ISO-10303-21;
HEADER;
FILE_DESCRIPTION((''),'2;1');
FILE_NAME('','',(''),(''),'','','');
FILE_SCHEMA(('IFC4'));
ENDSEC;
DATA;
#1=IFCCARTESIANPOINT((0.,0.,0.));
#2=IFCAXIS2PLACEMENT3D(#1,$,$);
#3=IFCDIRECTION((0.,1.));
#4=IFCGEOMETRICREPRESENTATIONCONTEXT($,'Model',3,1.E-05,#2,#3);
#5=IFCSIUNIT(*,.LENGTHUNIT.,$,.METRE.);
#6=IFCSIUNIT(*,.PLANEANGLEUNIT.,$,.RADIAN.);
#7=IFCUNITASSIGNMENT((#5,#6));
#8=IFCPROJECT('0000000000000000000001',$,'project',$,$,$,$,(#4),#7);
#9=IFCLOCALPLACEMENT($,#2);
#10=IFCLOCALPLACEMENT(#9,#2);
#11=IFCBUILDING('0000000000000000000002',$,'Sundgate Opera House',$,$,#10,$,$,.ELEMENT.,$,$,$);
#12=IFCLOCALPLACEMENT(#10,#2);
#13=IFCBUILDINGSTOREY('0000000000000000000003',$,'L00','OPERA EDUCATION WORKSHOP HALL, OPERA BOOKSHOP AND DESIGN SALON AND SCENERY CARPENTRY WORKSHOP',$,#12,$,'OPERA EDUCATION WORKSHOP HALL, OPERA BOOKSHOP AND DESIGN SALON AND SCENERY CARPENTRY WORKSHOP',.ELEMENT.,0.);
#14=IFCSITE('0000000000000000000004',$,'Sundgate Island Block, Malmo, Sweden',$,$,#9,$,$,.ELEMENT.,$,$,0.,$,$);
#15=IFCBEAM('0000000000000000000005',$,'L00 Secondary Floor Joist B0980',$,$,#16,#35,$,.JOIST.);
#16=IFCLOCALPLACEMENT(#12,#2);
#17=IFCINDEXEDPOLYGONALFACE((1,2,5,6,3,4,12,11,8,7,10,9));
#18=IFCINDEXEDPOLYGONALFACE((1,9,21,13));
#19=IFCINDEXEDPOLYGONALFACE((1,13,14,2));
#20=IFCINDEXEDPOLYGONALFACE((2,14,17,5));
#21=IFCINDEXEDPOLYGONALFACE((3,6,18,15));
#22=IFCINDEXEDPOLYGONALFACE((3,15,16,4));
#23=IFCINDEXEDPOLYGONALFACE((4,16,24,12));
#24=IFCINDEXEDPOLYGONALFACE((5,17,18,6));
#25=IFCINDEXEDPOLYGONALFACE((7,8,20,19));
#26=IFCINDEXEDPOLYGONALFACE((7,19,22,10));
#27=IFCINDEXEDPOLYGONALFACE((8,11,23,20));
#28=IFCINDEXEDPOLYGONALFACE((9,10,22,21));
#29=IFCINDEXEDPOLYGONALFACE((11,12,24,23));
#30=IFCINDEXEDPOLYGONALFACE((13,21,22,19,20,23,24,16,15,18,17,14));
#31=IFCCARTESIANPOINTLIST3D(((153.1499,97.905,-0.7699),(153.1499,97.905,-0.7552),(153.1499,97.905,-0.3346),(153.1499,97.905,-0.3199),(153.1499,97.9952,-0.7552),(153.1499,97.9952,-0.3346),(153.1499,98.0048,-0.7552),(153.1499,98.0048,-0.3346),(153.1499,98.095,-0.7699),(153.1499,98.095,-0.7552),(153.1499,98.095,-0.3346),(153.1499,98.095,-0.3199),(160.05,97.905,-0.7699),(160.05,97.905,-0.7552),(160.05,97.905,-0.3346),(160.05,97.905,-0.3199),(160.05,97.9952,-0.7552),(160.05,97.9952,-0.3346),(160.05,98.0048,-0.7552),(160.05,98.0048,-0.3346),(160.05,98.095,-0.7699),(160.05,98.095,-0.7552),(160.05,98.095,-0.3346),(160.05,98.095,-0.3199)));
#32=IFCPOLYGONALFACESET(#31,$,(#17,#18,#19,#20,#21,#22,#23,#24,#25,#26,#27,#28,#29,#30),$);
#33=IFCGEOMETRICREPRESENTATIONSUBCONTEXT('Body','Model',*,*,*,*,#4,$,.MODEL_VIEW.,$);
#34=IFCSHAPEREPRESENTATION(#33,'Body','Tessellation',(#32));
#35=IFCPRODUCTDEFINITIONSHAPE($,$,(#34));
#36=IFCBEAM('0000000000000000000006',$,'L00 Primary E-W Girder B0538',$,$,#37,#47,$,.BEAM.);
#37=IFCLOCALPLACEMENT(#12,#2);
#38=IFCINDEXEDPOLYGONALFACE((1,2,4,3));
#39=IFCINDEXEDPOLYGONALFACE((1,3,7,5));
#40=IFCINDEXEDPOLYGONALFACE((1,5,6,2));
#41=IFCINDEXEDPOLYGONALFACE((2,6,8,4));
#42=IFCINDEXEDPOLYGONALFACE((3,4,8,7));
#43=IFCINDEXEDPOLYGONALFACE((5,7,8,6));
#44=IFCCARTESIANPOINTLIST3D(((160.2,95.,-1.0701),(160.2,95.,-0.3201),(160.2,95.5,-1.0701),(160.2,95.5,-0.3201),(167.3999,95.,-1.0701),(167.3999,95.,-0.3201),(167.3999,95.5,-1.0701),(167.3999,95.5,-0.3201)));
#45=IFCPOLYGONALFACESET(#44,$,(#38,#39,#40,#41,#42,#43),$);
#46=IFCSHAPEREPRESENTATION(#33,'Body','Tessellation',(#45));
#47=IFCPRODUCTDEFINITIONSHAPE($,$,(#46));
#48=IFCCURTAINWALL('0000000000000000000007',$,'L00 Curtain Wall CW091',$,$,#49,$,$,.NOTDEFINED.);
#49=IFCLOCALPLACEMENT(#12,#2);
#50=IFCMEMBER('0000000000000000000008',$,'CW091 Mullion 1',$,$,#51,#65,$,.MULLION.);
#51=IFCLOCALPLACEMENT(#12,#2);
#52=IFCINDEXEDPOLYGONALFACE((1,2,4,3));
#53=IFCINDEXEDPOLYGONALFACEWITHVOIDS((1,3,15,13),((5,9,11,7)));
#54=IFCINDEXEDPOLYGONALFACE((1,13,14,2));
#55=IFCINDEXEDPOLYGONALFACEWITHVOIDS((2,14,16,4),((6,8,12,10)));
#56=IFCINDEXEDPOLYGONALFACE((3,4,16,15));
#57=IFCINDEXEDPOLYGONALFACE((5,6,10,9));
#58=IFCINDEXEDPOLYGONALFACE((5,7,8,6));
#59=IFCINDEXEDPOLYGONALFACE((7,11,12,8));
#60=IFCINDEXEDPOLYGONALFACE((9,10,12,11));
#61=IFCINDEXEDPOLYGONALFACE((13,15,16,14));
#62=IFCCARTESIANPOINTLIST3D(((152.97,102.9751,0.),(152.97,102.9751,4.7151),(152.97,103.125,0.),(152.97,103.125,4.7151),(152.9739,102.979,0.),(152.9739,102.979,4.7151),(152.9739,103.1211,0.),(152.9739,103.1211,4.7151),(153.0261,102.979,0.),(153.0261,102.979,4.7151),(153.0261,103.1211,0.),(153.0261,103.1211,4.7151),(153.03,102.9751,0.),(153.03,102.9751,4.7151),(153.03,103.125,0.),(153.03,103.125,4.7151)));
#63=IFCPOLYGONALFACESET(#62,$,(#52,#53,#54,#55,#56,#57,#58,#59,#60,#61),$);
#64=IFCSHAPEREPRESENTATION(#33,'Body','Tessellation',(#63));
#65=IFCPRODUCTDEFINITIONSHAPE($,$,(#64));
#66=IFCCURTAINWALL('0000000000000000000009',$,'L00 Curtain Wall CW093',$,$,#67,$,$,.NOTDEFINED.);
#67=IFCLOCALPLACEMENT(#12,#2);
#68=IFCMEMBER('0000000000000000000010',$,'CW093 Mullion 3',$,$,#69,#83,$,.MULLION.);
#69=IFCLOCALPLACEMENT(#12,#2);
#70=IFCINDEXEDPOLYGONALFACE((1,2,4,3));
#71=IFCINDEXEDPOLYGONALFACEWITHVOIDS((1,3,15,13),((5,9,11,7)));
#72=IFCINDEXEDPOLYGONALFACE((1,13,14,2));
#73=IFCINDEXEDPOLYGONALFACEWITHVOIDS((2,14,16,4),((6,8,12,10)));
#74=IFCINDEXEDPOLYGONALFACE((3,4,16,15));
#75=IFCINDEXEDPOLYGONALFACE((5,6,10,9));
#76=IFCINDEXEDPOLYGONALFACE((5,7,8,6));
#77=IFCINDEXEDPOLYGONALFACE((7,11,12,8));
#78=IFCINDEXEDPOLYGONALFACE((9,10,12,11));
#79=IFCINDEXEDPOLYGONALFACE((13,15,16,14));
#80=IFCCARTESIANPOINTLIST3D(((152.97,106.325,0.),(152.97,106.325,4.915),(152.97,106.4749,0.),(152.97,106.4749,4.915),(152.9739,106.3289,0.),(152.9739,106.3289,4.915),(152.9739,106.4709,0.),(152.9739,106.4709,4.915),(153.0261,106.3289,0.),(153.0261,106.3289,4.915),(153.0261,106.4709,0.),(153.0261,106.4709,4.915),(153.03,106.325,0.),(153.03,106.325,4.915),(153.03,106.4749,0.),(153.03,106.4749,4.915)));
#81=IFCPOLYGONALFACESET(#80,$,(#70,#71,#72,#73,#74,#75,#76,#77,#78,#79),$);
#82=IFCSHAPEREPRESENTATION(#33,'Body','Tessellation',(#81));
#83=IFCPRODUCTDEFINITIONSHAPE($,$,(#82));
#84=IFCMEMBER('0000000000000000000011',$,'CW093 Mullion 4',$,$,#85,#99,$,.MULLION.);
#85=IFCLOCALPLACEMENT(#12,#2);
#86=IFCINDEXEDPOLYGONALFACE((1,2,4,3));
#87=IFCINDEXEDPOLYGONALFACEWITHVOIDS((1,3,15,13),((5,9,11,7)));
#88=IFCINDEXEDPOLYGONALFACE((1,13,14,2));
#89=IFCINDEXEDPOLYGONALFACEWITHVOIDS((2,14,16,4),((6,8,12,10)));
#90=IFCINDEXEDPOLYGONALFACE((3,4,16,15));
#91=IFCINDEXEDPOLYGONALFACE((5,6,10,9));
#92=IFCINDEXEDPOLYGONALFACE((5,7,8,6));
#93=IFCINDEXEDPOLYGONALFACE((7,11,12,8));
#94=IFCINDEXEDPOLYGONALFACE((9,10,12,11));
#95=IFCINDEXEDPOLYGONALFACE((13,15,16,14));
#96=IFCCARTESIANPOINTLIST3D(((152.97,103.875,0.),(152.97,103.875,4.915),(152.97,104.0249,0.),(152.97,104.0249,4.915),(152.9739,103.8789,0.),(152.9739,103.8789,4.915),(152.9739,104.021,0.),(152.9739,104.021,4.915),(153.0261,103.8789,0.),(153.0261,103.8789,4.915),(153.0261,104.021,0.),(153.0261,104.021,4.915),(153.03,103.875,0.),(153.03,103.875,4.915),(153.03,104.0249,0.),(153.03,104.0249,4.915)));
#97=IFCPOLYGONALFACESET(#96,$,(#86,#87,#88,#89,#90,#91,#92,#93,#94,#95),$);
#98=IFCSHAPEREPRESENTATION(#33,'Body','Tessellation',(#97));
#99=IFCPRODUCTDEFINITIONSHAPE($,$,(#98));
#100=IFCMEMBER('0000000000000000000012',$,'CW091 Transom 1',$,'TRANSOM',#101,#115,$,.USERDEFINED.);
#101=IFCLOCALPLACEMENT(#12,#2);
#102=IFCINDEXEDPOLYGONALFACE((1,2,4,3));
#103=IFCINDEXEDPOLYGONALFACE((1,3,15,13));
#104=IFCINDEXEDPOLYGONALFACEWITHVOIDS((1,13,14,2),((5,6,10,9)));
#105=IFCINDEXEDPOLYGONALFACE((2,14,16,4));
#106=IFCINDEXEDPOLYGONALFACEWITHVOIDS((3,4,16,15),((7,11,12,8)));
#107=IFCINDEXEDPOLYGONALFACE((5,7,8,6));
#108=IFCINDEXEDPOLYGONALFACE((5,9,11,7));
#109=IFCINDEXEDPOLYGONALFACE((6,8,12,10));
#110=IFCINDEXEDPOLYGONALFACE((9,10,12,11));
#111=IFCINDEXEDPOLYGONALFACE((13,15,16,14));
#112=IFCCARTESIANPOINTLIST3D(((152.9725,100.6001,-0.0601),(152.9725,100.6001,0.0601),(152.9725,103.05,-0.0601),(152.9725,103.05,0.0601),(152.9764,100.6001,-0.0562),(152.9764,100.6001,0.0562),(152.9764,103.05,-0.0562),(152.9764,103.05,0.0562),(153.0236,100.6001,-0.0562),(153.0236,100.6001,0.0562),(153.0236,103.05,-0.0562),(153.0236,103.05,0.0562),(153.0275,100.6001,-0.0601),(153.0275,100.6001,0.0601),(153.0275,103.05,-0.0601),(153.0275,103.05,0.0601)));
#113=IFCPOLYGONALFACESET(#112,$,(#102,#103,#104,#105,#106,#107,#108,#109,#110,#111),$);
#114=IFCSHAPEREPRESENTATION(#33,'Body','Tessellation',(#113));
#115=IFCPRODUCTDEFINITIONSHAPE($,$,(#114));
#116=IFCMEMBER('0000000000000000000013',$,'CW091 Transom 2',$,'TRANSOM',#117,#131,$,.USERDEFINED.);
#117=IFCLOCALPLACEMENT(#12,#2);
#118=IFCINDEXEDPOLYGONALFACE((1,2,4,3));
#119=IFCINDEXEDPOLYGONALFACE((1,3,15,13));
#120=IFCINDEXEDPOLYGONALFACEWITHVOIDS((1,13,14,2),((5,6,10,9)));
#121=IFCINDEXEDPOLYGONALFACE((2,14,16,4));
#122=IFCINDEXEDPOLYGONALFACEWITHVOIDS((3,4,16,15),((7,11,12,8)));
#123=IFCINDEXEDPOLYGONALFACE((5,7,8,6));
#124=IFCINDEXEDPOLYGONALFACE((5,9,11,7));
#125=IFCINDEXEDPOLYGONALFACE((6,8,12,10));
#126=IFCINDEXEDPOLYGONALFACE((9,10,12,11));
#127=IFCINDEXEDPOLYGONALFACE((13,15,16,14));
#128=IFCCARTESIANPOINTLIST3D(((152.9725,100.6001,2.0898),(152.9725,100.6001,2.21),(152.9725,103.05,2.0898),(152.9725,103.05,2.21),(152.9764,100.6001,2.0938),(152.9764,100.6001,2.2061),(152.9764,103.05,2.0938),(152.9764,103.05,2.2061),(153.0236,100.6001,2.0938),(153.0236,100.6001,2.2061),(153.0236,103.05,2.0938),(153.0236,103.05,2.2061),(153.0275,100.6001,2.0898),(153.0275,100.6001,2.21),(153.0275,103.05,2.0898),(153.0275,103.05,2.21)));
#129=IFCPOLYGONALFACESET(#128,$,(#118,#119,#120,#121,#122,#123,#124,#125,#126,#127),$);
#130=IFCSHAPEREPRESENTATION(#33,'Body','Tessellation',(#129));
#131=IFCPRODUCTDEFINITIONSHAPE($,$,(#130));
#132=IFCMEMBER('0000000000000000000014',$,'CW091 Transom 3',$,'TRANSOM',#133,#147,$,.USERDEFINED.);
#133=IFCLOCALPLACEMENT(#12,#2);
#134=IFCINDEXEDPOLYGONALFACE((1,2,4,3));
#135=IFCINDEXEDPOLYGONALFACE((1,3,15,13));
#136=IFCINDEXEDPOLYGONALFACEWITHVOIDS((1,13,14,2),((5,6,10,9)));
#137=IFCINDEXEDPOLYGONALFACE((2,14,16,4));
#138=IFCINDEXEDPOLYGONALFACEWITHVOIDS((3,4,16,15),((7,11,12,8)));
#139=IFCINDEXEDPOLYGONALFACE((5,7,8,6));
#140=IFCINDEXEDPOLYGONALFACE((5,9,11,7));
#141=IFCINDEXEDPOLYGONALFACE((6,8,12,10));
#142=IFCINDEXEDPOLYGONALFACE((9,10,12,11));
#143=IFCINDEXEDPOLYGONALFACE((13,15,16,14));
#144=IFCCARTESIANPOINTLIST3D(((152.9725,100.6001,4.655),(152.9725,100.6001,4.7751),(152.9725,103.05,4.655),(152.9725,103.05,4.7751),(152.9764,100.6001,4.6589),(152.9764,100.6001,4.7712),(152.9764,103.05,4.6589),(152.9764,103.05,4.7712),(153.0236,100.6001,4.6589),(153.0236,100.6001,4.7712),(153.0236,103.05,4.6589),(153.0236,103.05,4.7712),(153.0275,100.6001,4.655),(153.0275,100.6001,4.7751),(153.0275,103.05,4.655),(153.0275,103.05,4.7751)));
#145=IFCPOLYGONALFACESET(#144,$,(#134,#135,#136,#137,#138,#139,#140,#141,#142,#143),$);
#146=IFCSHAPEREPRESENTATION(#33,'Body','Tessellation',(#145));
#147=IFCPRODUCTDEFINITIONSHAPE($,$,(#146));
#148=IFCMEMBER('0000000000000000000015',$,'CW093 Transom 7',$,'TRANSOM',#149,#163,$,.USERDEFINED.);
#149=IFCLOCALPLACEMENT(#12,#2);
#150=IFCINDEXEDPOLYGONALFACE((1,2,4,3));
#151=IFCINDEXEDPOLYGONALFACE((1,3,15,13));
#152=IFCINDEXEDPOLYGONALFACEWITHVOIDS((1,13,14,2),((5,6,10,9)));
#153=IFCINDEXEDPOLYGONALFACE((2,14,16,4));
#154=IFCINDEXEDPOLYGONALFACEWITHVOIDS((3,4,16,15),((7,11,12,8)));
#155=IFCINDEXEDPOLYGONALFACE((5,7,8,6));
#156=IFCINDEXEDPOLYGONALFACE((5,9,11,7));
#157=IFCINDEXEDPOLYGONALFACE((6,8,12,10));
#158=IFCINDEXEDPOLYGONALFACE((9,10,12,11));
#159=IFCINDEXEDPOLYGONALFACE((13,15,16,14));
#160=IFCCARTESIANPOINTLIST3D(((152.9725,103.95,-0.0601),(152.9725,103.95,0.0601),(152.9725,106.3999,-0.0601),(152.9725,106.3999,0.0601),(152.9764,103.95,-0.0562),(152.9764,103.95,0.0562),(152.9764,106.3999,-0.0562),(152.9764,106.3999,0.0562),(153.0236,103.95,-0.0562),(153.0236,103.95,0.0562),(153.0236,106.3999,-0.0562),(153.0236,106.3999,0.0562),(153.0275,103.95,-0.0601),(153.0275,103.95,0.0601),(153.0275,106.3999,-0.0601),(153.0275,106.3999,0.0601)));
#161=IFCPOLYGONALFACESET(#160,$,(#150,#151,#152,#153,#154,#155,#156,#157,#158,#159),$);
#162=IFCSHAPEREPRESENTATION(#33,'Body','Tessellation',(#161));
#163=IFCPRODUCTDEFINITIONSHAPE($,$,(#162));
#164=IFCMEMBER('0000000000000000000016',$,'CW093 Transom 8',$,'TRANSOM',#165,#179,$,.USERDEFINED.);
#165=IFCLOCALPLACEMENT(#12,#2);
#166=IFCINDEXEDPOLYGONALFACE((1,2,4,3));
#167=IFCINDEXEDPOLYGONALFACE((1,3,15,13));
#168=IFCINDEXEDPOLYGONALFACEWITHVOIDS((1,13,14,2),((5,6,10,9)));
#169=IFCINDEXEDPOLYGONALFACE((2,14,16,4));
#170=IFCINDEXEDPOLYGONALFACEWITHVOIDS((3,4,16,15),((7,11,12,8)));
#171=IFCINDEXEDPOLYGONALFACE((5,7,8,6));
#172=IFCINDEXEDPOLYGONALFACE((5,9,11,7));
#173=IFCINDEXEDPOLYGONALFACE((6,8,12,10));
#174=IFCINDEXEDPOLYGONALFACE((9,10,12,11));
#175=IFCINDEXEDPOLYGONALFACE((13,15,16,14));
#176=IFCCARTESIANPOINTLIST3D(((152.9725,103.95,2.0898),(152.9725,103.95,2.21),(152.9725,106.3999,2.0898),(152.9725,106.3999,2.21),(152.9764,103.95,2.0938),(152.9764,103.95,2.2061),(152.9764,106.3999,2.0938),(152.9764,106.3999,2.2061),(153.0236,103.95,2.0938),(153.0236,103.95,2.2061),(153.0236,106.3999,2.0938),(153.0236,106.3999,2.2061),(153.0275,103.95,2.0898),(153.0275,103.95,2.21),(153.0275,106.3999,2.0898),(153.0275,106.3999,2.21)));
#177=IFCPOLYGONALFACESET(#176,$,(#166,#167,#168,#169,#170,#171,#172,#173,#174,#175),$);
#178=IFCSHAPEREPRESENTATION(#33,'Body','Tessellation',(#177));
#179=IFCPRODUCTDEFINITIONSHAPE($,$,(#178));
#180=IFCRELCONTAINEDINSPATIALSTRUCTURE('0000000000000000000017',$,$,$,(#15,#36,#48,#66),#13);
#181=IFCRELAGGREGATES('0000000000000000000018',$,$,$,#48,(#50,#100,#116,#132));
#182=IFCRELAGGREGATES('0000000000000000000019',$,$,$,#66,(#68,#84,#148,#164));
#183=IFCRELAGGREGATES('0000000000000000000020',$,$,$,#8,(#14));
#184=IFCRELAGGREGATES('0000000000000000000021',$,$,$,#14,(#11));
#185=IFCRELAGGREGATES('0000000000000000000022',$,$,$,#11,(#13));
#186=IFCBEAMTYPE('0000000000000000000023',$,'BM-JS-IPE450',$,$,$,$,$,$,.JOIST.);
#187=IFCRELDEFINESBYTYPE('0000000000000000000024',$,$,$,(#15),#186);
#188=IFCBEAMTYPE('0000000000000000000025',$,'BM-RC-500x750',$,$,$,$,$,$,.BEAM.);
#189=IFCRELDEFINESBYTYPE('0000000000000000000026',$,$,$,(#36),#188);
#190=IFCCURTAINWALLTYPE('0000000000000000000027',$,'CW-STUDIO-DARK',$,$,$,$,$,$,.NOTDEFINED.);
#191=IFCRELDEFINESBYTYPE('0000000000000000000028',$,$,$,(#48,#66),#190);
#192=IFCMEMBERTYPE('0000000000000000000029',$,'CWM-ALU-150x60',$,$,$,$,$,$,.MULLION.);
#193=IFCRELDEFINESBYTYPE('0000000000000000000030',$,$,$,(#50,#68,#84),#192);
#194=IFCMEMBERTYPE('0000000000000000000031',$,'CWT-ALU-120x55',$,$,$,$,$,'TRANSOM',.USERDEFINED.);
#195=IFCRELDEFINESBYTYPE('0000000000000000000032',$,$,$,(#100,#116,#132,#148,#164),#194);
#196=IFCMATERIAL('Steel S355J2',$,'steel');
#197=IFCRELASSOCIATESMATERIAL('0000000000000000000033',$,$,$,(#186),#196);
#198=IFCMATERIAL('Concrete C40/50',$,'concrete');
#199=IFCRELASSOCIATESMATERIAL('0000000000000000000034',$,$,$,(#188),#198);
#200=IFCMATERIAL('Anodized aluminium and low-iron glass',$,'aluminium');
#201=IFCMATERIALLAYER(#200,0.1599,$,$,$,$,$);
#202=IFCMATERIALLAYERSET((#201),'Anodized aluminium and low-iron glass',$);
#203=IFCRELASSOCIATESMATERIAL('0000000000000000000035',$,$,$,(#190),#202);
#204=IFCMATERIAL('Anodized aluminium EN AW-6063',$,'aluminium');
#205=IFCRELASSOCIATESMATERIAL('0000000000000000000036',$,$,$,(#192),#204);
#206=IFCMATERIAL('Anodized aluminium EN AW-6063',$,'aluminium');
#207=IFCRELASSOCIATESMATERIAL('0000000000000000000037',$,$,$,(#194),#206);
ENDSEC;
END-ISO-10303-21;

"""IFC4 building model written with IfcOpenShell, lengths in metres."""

from ifc_helpers import new_model, si_unit, direction, frame, origin, origin_2d, place, context, subcontext, project, spatial, rectangle, hollow_rectangle, i_section, extrude, material, layer, layer_set, material_profile, profile_set, type_object, element, aggregate, save


model = new_model("IFC4")

# Units and contexts
model_context = context("Model", 3, precision=1e-05, world=origin(), true_north=direction((0.0, 1.0)))
body_context = subcontext(model_context, "Body", "Model", "MODEL_VIEW")
ifc_project = project(units=[si_unit("LENGTHUNIT", "METRE"), si_unit("PLANEANGLEUNIT", "RADIAN")], contexts=[model_context])

# Site, building, storey
site_placement = place(None, origin())
site = spatial("IfcSite", under=ifc_project, at=site_placement, Name="Sundgate Island Block, Malmo, Sweden", CompositionType="ELEMENT", RefElevation=0.0)
building_placement = place(site_placement, origin())
building = spatial("IfcBuilding", under=site, at=building_placement, Name="Sundgate Opera House", CompositionType="ELEMENT")
storey_placement = place(building_placement, origin())
storey = spatial("IfcBuildingStorey", under=building, at=storey_placement, Name="L00", Description="OPERA EDUCATION WORKSHOP HALL, OPERA BOOKSHOP AND DESIGN SALON AND SCENERY CARPENTRY WORKSHOP", LongName="OPERA EDUCATION WORKSHOP HALL, OPERA BOOKSHOP AND DESIGN SALON AND SCENERY CARPENTRY WORKSHOP", CompositionType="ELEMENT", Elevation=0.0)

# Beams
ifc_material_1 = material(Name="Steel S355J2", Category="steel")
ifc_material_profile_1 = material_profile(ifc_material_1, i_section(OverallWidth=0.1899, OverallDepth=0.45, WebThickness=0.0095, FlangeThickness=0.0146, at=origin_2d()), Name="IPE 450")
ifc_profile_set_1 = profile_set([ifc_material_profile_1], Name="Steel S355J2")
beam_type_1 = type_object("IfcBeamType", Name="BM-JS-IPE450", PredefinedType="JOIST", material=ifc_profile_set_1)
beam_1_placement = place(storey_placement, frame((153.1499, 98.0, -0.5449), z_axis=(1.0, 0.0, 0.0), x_axis=(0.0, 1.0, 0.0)))
element("IfcBeam", 1, at=beam_1_placement, inside=storey, type_object=beam_type_1, Name="L00 Secondary Floor Joist B0980", PredefinedType="JOIST", context=body_context, shape_type="SweptSolid", body=[
    extrude(i_section(OverallWidth=0.1899, OverallDepth=0.45, WebThickness=0.0095, FlangeThickness=0.0146, at=origin_2d()), origin(), (0.0, 0.0, 1.0), 6.9001),
])
ifc_material_2 = material(Name="Concrete C40/50", Category="concrete")
ifc_material_profile_2 = material_profile(ifc_material_2, rectangle(XDim=0.5, YDim=0.75, at=origin_2d()), Name="RC 500x750")
ifc_profile_set_2 = profile_set([ifc_material_profile_2], Name="Concrete C40/50")
beam_type_2 = type_object("IfcBeamType", Name="BM-RC-500x750", PredefinedType="BEAM", material=ifc_profile_set_2)
beam_2_placement = place(storey_placement, frame((160.2, 95.25, -0.6951), z_axis=(1.0, 0.0, 0.0), x_axis=(0.0, 1.0, 0.0)))
element("IfcBeam", 2, at=beam_2_placement, inside=storey, type_object=beam_type_2, Name="L00 Primary E-W Girder B0538", PredefinedType="BEAM", context=body_context, shape_type="SweptSolid", body=[
    extrude(rectangle(XDim=0.5, YDim=0.75, at=origin_2d()), origin(), (0.0, 0.0, 1.0), 7.2),
])

# Curtain wall, member
ifc_material_3 = material(Name="Anodized aluminium and low-iron glass", Category="aluminium")
ifc_layer_1 = layer(ifc_material_3, 0.1599)
ifc_layer_set_1 = layer_set([ifc_layer_1], Name="Anodized aluminium and low-iron glass")
curtain_wall_type = type_object("IfcCurtainWallType", Name="CW-STUDIO-DARK", PredefinedType="NOTDEFINED", material=ifc_layer_set_1)
curtain_wall_1_placement = place(storey_placement, origin())
curtain_wall_1 = element("IfcCurtainWall", 3, at=curtain_wall_1_placement, inside=storey, type_object=curtain_wall_type, Name="L00 Curtain Wall CW091", PredefinedType="NOTDEFINED")
ifc_material_4 = material(Name="Anodized aluminium EN AW-6063", Category="aluminium")
ifc_material_profile_3 = material_profile(ifc_material_4, hollow_rectangle(XDim=0.0601, YDim=0.1499, WallThickness=0.0039, at=origin_2d()), Name="CWM 150x60x4")
ifc_profile_set_3 = profile_set([ifc_material_profile_3], Name="Anodized aluminium EN AW-6063")
member_type_1 = type_object("IfcMemberType", Name="CWM-ALU-150x60", PredefinedType="MULLION", material=ifc_profile_set_3)
member_1_placement = place(storey_placement, frame((153.0, 103.05, 0.0), z_axis=(0.0, 0.0, 1.0), x_axis=(1.0, 0.0, 0.0)))
member_1 = element("IfcMember", 4, at=member_1_placement, type_object=member_type_1, Name="CW091 Mullion 1", PredefinedType="MULLION", context=body_context, shape_type="SweptSolid", body=[
    extrude(hollow_rectangle(XDim=0.0601, YDim=0.1499, WallThickness=0.0039, at=origin_2d()), origin(), (0.0, 0.0, 1.0), 4.7151),
])

# Curtain wall, members
curtain_wall_2_placement = place(storey_placement, origin())
curtain_wall_2 = element("IfcCurtainWall", 5, at=curtain_wall_2_placement, inside=storey, type_object=curtain_wall_type, Name="L00 Curtain Wall CW093", PredefinedType="NOTDEFINED")
member_2_placement = place(storey_placement, frame((153.0, 106.3999, 0.0), z_axis=(0.0, 0.0, 1.0), x_axis=(1.0, 0.0, 0.0)))
member_2 = element("IfcMember", 6, at=member_2_placement, type_object=member_type_1, Name="CW093 Mullion 3", PredefinedType="MULLION", context=body_context, shape_type="SweptSolid", body=[
    extrude(hollow_rectangle(XDim=0.0601, YDim=0.1499, WallThickness=0.0039, at=origin_2d()), origin(), (0.0, 0.0, 1.0), 4.915),
])
member_3_placement = place(storey_placement, frame((153.0, 103.95, 0.0), z_axis=(0.0, 0.0, 1.0), x_axis=(1.0, 0.0, 0.0)))
member_3 = element("IfcMember", 7, at=member_3_placement, type_object=member_type_1, Name="CW093 Mullion 4", PredefinedType="MULLION", context=body_context, shape_type="SweptSolid", body=[
    extrude(hollow_rectangle(XDim=0.0601, YDim=0.1499, WallThickness=0.0039, at=origin_2d()), origin(), (0.0, 0.0, 1.0), 4.915),
])

# Members
ifc_material_5 = material(Name="Anodized aluminium EN AW-6063", Category="aluminium")
ifc_material_profile_4 = material_profile(ifc_material_5, hollow_rectangle(XDim=0.0549, YDim=0.1201, WallThickness=0.0039, at=origin_2d()), Name="CWT 120x55x4")
ifc_profile_set_4 = profile_set([ifc_material_profile_4], Name="Anodized aluminium EN AW-6063")
member_type_2 = type_object("IfcMemberType", Name="CWT-ALU-120x55", ElementType="TRANSOM", PredefinedType="USERDEFINED", material=ifc_profile_set_4)
member_4_placement = place(storey_placement, frame((153.0, 103.05, 0.0), z_axis=(0.0, -1.0, 0.0), x_axis=(1.0, 0.0, 0.0)))
member_4 = element("IfcMember", 8, at=member_4_placement, type_object=member_type_2, Name="CW091 Transom 1", ObjectType="TRANSOM", PredefinedType="USERDEFINED", context=body_context, shape_type="SweptSolid", body=[
    extrude(hollow_rectangle(XDim=0.0549, YDim=0.1201, WallThickness=0.0039, at=origin_2d()), origin(), (0.0, 0.0, 1.0), 2.45),
])
member_5_placement = place(storey_placement, frame((153.0, 103.05, 2.1499), z_axis=(0.0, -1.0, 0.0), x_axis=(1.0, 0.0, 0.0)))
member_5 = element("IfcMember", 9, at=member_5_placement, type_object=member_type_2, Name="CW091 Transom 2", ObjectType="TRANSOM", PredefinedType="USERDEFINED", context=body_context, shape_type="SweptSolid", body=[
    extrude(hollow_rectangle(XDim=0.0549, YDim=0.1201, WallThickness=0.0039, at=origin_2d()), origin(), (0.0, 0.0, 1.0), 2.45),
])
member_6_placement = place(storey_placement, frame((153.0, 103.05, 4.7151), z_axis=(0.0, -1.0, 0.0), x_axis=(1.0, 0.0, 0.0)))
member_6 = element("IfcMember", 10, at=member_6_placement, type_object=member_type_2, Name="CW091 Transom 3", ObjectType="TRANSOM", PredefinedType="USERDEFINED", context=body_context, shape_type="SweptSolid", body=[
    extrude(hollow_rectangle(XDim=0.0549, YDim=0.1201, WallThickness=0.0039, at=origin_2d()), origin(), (0.0, 0.0, 1.0), 2.45),
])
aggregate(curtain_wall_1, [member_1, member_4, member_5, member_6])
member_7_placement = place(storey_placement, frame((153.0, 106.3999, 0.0), z_axis=(0.0, -1.0, 0.0), x_axis=(1.0, 0.0, 0.0)))
member_7 = element("IfcMember", 11, at=member_7_placement, type_object=member_type_2, Name="CW093 Transom 7", ObjectType="TRANSOM", PredefinedType="USERDEFINED", context=body_context, shape_type="SweptSolid", body=[
    extrude(hollow_rectangle(XDim=0.0549, YDim=0.1201, WallThickness=0.0039, at=origin_2d()), origin(), (0.0, 0.0, 1.0), 2.45),
])
member_8_placement = place(storey_placement, frame((153.0, 106.3999, 2.1499), z_axis=(0.0, -1.0, 0.0), x_axis=(1.0, 0.0, 0.0)))
member_8 = element("IfcMember", 12, at=member_8_placement, type_object=member_type_2, Name="CW093 Transom 8", ObjectType="TRANSOM", PredefinedType="USERDEFINED", context=body_context, shape_type="SweptSolid", body=[
    extrude(hollow_rectangle(XDim=0.0549, YDim=0.1201, WallThickness=0.0039, at=origin_2d()), origin(), (0.0, 0.0, 1.0), 2.45),
])

aggregate(curtain_wall_2, [member_2, member_3, member_7, member_8])

save(model, "model.ifc")
